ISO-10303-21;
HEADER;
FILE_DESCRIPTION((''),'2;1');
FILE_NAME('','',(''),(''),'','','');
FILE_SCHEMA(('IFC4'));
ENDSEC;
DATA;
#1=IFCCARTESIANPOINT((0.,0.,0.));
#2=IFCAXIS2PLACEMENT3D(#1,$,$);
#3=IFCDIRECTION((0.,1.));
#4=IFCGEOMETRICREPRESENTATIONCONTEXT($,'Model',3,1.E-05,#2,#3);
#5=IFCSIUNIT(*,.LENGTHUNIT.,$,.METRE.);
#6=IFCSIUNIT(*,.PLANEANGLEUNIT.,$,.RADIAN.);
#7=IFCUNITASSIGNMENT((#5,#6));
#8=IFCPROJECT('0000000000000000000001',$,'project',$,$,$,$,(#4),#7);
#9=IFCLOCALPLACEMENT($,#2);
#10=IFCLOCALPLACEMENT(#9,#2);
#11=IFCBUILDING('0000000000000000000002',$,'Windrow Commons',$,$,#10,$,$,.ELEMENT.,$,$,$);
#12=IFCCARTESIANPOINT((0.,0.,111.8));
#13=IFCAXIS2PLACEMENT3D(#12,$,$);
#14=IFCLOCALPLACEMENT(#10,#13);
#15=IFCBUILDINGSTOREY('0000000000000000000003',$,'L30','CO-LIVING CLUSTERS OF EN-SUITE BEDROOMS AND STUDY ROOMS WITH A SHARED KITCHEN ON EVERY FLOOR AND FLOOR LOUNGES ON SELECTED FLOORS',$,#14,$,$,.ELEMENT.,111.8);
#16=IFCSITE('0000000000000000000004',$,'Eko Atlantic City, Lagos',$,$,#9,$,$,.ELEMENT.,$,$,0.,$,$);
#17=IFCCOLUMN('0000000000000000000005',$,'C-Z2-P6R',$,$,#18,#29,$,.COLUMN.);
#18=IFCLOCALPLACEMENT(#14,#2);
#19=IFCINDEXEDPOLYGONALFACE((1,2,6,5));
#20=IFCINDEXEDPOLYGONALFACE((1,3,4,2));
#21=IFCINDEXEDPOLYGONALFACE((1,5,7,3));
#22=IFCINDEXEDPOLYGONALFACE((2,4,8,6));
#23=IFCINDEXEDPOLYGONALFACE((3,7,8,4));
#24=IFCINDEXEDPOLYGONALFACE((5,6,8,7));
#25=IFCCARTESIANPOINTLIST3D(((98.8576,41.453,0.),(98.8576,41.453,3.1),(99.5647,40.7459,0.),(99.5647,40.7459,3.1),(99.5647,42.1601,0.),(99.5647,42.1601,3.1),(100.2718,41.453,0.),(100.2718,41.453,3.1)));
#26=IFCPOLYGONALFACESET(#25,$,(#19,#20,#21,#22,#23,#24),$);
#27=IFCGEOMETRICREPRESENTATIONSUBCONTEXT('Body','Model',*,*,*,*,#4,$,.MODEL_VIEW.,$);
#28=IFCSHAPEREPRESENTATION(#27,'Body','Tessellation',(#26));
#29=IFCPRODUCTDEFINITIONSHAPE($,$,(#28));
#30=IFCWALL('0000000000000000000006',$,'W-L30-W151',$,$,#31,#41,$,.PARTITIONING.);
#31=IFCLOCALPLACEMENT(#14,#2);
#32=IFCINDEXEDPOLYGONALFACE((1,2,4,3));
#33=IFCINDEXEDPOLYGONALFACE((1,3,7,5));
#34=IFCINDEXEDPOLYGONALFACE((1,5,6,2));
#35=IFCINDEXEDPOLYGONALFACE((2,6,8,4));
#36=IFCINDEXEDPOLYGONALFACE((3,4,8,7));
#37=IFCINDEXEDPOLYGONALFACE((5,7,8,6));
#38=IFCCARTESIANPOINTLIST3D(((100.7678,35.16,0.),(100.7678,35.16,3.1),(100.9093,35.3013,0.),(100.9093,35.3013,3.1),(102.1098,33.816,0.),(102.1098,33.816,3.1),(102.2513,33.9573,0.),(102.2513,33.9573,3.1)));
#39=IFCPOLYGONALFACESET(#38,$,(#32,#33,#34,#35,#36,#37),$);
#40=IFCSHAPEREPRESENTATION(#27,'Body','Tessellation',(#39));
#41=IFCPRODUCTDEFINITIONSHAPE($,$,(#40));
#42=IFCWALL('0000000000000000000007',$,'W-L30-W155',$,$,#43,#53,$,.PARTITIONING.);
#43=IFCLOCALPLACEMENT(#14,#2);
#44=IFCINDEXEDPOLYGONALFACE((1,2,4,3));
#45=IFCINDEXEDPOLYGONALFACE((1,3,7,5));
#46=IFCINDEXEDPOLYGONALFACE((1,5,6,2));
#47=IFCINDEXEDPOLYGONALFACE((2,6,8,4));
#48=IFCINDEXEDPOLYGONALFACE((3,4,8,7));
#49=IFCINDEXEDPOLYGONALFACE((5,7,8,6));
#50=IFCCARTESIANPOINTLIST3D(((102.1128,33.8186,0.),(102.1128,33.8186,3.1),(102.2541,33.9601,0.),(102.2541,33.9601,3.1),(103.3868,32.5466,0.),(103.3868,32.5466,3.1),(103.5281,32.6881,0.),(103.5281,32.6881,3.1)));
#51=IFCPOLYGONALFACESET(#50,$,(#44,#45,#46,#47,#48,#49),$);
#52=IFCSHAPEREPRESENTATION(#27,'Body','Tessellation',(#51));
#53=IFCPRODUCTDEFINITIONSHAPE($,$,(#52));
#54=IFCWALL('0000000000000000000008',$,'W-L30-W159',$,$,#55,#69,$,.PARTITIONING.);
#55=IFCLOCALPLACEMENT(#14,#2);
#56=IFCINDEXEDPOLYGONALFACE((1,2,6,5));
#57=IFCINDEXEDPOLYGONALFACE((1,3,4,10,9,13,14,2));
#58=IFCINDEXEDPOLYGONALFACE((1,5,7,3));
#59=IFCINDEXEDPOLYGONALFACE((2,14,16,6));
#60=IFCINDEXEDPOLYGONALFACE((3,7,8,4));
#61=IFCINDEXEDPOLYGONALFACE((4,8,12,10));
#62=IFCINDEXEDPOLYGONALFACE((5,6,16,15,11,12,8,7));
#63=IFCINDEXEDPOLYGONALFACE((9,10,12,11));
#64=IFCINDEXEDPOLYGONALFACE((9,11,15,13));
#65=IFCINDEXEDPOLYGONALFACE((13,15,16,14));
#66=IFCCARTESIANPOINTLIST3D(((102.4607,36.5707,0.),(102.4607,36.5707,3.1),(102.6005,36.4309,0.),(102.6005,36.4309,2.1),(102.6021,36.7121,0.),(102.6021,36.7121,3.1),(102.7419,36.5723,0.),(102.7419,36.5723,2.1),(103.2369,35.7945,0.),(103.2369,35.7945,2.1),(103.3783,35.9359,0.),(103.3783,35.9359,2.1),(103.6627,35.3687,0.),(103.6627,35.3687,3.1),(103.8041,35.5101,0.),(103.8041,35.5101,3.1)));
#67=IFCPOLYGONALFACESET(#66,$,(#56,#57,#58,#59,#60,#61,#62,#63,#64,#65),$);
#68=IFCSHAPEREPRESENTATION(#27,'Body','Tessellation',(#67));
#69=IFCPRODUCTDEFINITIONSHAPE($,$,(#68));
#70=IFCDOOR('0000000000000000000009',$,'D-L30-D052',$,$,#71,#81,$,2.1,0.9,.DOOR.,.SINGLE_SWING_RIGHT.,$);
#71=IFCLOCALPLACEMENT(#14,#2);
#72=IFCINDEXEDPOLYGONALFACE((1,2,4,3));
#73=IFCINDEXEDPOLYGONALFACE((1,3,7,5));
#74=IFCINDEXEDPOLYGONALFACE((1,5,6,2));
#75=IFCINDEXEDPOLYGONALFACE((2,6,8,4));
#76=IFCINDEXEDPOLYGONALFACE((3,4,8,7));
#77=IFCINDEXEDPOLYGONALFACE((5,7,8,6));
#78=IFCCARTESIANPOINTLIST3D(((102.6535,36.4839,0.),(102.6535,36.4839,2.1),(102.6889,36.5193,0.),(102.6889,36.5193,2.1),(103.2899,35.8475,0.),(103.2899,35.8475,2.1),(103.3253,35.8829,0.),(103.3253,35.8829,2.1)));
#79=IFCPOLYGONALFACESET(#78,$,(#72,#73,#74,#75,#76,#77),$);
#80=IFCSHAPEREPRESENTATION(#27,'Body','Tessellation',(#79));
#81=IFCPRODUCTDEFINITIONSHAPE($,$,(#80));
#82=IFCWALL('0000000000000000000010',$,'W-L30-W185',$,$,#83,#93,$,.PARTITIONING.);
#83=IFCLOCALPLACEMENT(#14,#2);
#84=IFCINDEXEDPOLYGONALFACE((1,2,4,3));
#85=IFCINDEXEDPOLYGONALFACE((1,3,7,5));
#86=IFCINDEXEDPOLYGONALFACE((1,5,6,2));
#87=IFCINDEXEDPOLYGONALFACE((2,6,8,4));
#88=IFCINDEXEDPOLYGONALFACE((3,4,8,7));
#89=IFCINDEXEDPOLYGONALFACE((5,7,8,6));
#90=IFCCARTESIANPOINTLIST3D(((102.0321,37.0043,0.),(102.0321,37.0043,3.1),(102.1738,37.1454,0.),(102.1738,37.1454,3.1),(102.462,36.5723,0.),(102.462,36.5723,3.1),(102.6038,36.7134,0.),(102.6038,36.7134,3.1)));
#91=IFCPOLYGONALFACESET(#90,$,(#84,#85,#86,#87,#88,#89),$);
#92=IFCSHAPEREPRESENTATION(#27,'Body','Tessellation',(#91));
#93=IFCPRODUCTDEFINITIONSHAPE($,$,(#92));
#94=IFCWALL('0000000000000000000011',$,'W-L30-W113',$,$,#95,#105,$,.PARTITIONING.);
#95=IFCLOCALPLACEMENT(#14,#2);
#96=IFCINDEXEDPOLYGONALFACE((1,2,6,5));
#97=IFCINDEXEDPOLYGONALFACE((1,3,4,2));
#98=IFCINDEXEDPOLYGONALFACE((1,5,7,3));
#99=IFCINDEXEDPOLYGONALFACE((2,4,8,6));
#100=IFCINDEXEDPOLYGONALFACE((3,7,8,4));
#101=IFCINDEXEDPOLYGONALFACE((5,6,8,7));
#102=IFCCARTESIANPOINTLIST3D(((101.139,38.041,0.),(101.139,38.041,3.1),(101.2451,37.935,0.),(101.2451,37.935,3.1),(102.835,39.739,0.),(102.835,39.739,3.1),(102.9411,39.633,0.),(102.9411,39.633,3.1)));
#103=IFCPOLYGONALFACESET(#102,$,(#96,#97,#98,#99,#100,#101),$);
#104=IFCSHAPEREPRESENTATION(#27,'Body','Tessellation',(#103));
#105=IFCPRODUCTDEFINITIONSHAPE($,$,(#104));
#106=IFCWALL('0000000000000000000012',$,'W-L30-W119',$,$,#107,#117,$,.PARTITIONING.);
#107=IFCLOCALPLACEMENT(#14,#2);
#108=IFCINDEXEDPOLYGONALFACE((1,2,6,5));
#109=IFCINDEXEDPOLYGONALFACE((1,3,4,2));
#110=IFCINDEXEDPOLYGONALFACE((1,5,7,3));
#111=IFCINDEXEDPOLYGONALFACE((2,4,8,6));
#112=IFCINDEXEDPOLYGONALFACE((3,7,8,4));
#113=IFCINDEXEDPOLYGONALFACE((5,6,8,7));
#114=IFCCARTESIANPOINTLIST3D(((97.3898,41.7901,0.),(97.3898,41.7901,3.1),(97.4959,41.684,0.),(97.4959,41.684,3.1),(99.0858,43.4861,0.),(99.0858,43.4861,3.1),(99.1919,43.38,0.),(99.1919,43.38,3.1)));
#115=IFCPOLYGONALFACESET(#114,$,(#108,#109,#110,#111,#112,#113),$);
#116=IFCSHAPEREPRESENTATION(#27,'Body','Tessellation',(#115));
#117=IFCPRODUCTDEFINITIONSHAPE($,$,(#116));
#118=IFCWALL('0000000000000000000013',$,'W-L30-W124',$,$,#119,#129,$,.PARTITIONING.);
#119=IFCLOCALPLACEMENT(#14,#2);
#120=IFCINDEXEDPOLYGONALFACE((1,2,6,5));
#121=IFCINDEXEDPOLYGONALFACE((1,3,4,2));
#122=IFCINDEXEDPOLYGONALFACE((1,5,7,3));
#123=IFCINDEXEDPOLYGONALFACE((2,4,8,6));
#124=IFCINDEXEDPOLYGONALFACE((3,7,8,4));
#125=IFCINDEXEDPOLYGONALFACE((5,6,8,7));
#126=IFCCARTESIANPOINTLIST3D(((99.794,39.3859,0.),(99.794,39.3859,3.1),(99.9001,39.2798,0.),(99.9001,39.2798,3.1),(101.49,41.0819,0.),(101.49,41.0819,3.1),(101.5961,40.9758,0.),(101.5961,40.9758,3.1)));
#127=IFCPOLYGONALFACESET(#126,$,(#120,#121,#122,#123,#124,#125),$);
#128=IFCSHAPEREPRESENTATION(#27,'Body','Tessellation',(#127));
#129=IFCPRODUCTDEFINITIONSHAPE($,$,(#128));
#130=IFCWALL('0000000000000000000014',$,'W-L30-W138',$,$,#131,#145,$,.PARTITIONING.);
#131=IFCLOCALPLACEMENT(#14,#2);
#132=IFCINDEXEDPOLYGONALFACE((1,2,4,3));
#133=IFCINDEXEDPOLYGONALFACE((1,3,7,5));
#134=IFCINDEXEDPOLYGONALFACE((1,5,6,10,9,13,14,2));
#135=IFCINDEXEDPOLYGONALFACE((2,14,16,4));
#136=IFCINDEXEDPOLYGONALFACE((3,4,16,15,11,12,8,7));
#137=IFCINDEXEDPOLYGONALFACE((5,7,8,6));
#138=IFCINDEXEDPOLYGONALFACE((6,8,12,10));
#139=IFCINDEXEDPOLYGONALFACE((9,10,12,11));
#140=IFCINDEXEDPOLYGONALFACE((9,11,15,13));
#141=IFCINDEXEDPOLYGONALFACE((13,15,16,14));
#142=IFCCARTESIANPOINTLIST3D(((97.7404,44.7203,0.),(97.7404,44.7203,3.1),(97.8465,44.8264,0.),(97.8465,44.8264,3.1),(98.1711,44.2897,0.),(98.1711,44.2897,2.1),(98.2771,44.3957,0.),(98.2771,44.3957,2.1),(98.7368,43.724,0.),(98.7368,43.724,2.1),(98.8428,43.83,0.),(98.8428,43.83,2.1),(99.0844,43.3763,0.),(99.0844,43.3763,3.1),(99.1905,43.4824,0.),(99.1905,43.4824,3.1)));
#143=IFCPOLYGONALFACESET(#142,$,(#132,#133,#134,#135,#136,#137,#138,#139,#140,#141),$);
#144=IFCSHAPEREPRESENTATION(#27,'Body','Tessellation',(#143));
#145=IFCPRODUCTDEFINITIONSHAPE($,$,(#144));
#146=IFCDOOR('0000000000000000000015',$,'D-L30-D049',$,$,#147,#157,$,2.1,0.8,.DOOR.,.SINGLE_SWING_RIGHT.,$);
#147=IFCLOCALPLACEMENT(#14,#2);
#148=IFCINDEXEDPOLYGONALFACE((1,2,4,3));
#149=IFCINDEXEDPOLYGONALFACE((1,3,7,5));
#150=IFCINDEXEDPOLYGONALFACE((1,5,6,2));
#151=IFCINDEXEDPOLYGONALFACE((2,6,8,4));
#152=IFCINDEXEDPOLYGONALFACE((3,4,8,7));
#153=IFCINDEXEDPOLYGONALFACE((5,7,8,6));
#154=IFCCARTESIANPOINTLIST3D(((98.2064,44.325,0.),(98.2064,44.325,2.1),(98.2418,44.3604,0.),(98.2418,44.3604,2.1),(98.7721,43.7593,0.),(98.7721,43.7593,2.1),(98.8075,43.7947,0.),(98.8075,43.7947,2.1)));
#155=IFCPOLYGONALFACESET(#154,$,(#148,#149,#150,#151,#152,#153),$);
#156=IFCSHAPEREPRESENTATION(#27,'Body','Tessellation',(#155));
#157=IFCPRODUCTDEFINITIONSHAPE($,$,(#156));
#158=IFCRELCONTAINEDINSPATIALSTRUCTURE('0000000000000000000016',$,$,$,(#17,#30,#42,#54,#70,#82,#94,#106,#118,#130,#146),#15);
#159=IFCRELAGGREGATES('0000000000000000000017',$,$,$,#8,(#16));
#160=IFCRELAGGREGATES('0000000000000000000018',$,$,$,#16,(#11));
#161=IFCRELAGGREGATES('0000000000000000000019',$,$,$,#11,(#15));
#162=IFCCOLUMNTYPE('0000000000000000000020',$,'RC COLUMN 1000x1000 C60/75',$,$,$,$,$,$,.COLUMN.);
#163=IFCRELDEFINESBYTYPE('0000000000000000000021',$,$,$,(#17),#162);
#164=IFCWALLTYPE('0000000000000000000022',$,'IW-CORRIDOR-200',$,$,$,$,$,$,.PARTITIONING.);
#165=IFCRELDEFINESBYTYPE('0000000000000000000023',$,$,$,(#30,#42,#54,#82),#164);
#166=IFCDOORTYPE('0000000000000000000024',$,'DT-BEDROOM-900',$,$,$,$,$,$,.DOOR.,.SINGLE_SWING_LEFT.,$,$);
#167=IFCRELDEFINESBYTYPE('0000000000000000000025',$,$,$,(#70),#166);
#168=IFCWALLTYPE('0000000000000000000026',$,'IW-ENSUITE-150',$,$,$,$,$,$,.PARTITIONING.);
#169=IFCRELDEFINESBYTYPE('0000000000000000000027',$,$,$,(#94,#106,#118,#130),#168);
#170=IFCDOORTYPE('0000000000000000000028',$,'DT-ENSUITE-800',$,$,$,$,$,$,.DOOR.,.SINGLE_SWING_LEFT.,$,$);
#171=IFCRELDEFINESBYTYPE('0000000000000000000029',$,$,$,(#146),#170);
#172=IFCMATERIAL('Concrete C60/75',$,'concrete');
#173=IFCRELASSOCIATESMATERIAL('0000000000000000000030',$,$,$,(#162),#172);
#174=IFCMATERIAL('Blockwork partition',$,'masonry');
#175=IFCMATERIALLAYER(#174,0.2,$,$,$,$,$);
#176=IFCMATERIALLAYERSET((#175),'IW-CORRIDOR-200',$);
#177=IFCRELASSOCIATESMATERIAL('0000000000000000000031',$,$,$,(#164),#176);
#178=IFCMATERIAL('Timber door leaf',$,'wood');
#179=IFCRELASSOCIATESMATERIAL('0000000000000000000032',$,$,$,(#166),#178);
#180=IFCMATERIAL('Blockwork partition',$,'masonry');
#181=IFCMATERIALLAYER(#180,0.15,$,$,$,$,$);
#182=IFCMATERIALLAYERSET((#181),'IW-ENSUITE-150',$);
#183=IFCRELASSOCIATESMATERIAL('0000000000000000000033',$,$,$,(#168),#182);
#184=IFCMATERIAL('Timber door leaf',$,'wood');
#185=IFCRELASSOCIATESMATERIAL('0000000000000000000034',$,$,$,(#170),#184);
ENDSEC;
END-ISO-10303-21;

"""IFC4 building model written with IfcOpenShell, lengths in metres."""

from ifc_helpers import new_model, si_unit, direction, frame, frame_2d, origin, origin_2d, place, context, subcontext, project, spatial, rectangle, extrude, material, layer, layer_set, material_profile, profile_set, type_object, element, fill, save


model = new_model("IFC4")

# Units and contexts
model_context = context("Model", 3, precision=1e-05, world=origin(), true_north=direction((0.0, 1.0)))
body_context = subcontext(model_context, "Body", "Model", "MODEL_VIEW")
ifc_project = project(units=[si_unit("LENGTHUNIT", "METRE"), si_unit("PLANEANGLEUNIT", "RADIAN")], contexts=[model_context])

# Site, building, storey
site_placement = place(None, origin())
site = spatial("IfcSite", under=ifc_project, at=site_placement, Name="Eko Atlantic City, Lagos", CompositionType="ELEMENT", RefElevation=0.0)
building_placement = place(site_placement, origin())
building = spatial("IfcBuilding", under=site, at=building_placement, Name="Windrow Commons", CompositionType="ELEMENT")
storey_placement = place(building_placement, frame((0.0, 0.0, 111.8)))
storey = spatial("IfcBuildingStorey", under=building, at=storey_placement, Name="L30", Description="CO-LIVING CLUSTERS OF EN-SUITE BEDROOMS AND STUDY ROOMS WITH A SHARED KITCHEN ON EVERY FLOOR AND FLOOR LOUNGES ON SELECTED FLOORS", CompositionType="ELEMENT", Elevation=111.8)

# Column
ifc_material_1 = material(Name="Concrete C60/75", Category="concrete")
ifc_material_profile = material_profile(ifc_material_1, rectangle(XDim=1.0, YDim=1.0, at=origin_2d()))
ifc_profile_set = profile_set([ifc_material_profile], Name="Concrete C60/75")
column_type = type_object("IfcColumnType", Name="RC COLUMN 1000x1000 C60/75", PredefinedType="COLUMN", material=ifc_profile_set)
column_placement = place(storey_placement, frame((99.5647, 41.453, 0.0), z_axis=(0.0, 0.0, 1.0), x_axis=(0.707107, -0.707107, 0.0)))
element("IfcColumn", 1, at=column_placement, inside=storey, type_object=column_type, Name="C-Z2-P6R", PredefinedType="COLUMN", context=body_context, shape_type="SweptSolid", body=[
    extrude(rectangle(XDim=1.0, YDim=1.0, at=origin_2d()), origin(), (0.0, 0.0, 1.0), 3.1),
])

# Walls
ifc_material_2 = material(Name="Blockwork partition", Category="masonry")
ifc_layer_1 = layer(ifc_material_2, 0.2)
ifc_layer_set_1 = layer_set([ifc_layer_1], Name="IW-CORRIDOR-200")
wall_type_1 = type_object("IfcWallType", Name="IW-CORRIDOR-200", PredefinedType="PARTITIONING", material=ifc_layer_set_1)
wall_1_placement = place(storey_placement, frame((100.8386, 35.2306, 0.0), z_axis=(0.0, 0.0, 1.0), x_axis=(0.70658, -0.707633, 0.0)))
element("IfcWall", 2, at=wall_1_placement, inside=storey, type_object=wall_type_1, Name="W-L30-W151", PredefinedType="PARTITIONING", context=body_context, shape_type="SweptSolid", body=[
    extrude(rectangle(XDim=1.8993, YDim=0.2, at=frame_2d((0.9496, 0.0))), origin(), (0.0, 0.0, 1.0), 3.1),
])
wall_2_placement = place(storey_placement, frame((102.1834, 33.8894, 0.0), z_axis=(0.0, 0.0, 1.0), x_axis=(0.707662, -0.706551, 0.0)))
element("IfcWall", 3, at=wall_2_placement, inside=storey, type_object=wall_type_1, Name="W-L30-W155", PredefinedType="PARTITIONING", context=body_context, shape_type="SweptSolid", body=[
    extrude(rectangle(XDim=1.8003, YDim=0.2, at=frame_2d((0.9002, 0.0))), origin(), (0.0, 0.0, 1.0), 3.1),
])

# Wall, opening, door
wall_3_placement = place(storey_placement, frame((102.5314, 36.6414, 0.0), z_axis=(0.0, 0.0, 1.0), x_axis=(0.707107, -0.707107, 0.0)))
wall_3 = element("IfcWall", 4, at=wall_3_placement, inside=storey, type_object=wall_type_1, Name="W-L30-W159", PredefinedType="PARTITIONING", context=body_context, shape_type="SweptSolid", body=[
    extrude(rectangle(XDim=1.6999, YDim=0.2, at=frame_2d((0.8499, 0.0))), origin(), (0.0, 0.0, 1.0), 3.1),
])
opening_1_placement = place(wall_3_placement, frame((0.1977, 0.0, 0.0)))
opening_1 = element("IfcOpeningElement", 5, at=opening_1_placement, cuts=wall_3, PredefinedType="OPENING", context=body_context, shape_type="SweptSolid", body=[
    extrude(rectangle(XDim=0.9, YDim=2.1, at=frame_2d((0.45, 1.05))), frame((0.0, 0.11, 0.0), z_axis=(0.0, -1.0, 0.0), x_axis=(1.0, 0.0, 0.0)), (0.0, 0.0, 1.0), 0.22),
])
ifc_material_3 = material(Name="Timber door leaf", Category="wood")
door_type_1 = type_object("IfcDoorType", Name="DT-BEDROOM-900", OperationType="SINGLE_SWING_LEFT", PredefinedType="DOOR", material=ifc_material_3)
door_1_placement = place(opening_1_placement, origin())
door_1 = element("IfcDoor", 6, at=door_1_placement, inside=storey, type_object=door_type_1, Name="D-L30-D052", OperationType="SINGLE_SWING_RIGHT", OverallHeight=2.1, OverallWidth=0.9, PredefinedType="DOOR", context=body_context, shape_type="SweptSolid", body=[
    extrude(rectangle(XDim=0.9, YDim=2.1, at=frame_2d((0.45, 1.05))), frame((0.0, 0.025, 0.0), z_axis=(0.0, -1.0, 0.0), x_axis=(1.0, 0.0, 0.0)), (0.0, 0.0, 1.0), 0.05),
])
fill(opening_1, door_1)

# Walls
wall_4_placement = place(storey_placement, frame((102.1029, 37.0749, 0.0), z_axis=(0.0, 0.0, 1.0), x_axis=(0.705464, -0.708745, 0.0)))
element("IfcWall", 7, at=wall_4_placement, inside=storey, type_object=wall_type_1, Name="W-L30-W185", PredefinedType="PARTITIONING", context=body_context, shape_type="SweptSolid", body=[
    extrude(rectangle(XDim=0.6095, YDim=0.2, at=frame_2d((0.3048, 0.0))), origin(), (0.0, 0.0, 1.0), 3.1),
])
ifc_material_4 = material(Name="Blockwork partition", Category="masonry")
ifc_layer_2 = layer(ifc_material_4, 0.15)
ifc_layer_set_2 = layer_set([ifc_layer_2], Name="IW-ENSUITE-150")
wall_type_2 = type_object("IfcWallType", Name="IW-ENSUITE-150", PredefinedType="PARTITIONING", material=ifc_layer_set_2)
wall_5_placement = place(storey_placement, frame((101.192, 37.988, 0.0), z_axis=(0.0, 0.0, 1.0), x_axis=(0.70669, 0.707523, 0.0)))
element("IfcWall", 8, at=wall_5_placement, inside=storey, type_object=wall_type_2, Name="W-L30-W113", PredefinedType="PARTITIONING", context=body_context, shape_type="SweptSolid", body=[
    extrude(rectangle(XDim=2.3999, YDim=0.15, at=frame_2d((1.2, 0.0))), origin(), (0.0, 0.0, 1.0), 3.1),
])
for number, where, z_axis, x_axis, name in (
    (9, (97.4429, 41.7371, 0.0), (0.0, 0.0, 1.0), (0.707107, 0.707107, 0.0), "W-L30-W119"),
    (10, (99.8471, 39.3329, 0.0), (0.0, 0.0, 1.0), (0.707107, 0.707107, 0.0), "W-L30-W124"),
):
    element("IfcWall", number, at=place(storey_placement, frame(where, z_axis=z_axis, x_axis=x_axis)), inside=storey, type_object=wall_type_2, Name=name, PredefinedType="PARTITIONING", context=body_context, shape_type="SweptSolid", body=[
        extrude(rectangle(XDim=2.3985, YDim=0.15, at=frame_2d((1.1992, 0.0))), origin(), (0.0, 0.0, 1.0), 3.1),
    ])

# Wall, opening, door
wall_6_placement = place(storey_placement, frame((97.7934, 44.7734, 0.0), z_axis=(0.0, 0.0, 1.0), x_axis=(0.707107, -0.707107, 0.0)))
wall_6 = element("IfcWall", 11, at=wall_6_placement, inside=storey, type_object=wall_type_2, Name="W-L30-W138", PredefinedType="PARTITIONING", context=body_context, shape_type="SweptSolid", body=[
    extrude(rectangle(XDim=1.9007, YDim=0.15, at=frame_2d((0.9504, 0.0))), origin(), (0.0, 0.0, 1.0), 3.1),
])
opening_2_placement = place(wall_6_placement, frame((0.6091, 0.0, 0.0)))
opening_2 = element("IfcOpeningElement", 12, at=opening_2_placement, cuts=wall_6, PredefinedType="OPENING", context=body_context, shape_type="SweptSolid", body=[
    extrude(rectangle(XDim=0.8, YDim=2.1, at=frame_2d((0.4, 1.05))), frame((0.0, 0.085, 0.0), z_axis=(0.0, -1.0, 0.0), x_axis=(1.0, 0.0, 0.0)), (0.0, 0.0, 1.0), 0.17),
])
ifc_material_5 = material(Name="Timber door leaf", Category="wood")
door_type_2 = type_object("IfcDoorType", Name="DT-ENSUITE-800", OperationType="SINGLE_SWING_LEFT", PredefinedType="DOOR", material=ifc_material_5)
door_2_placement = place(opening_2_placement, origin())
door_2 = element("IfcDoor", 13, at=door_2_placement, inside=storey, type_object=door_type_2, Name="D-L30-D049", OperationType="SINGLE_SWING_RIGHT", OverallHeight=2.1, OverallWidth=0.8, PredefinedType="DOOR", context=body_context, shape_type="SweptSolid", body=[
    extrude(rectangle(XDim=0.8, YDim=2.1, at=frame_2d((0.4, 1.05))), frame((0.0, 0.025, 0.0), z_axis=(0.0, -1.0, 0.0), x_axis=(1.0, 0.0, 0.0)), (0.0, 0.0, 1.0), 0.05),
])
fill(opening_2, door_2)

save(model, "model.ifc")
